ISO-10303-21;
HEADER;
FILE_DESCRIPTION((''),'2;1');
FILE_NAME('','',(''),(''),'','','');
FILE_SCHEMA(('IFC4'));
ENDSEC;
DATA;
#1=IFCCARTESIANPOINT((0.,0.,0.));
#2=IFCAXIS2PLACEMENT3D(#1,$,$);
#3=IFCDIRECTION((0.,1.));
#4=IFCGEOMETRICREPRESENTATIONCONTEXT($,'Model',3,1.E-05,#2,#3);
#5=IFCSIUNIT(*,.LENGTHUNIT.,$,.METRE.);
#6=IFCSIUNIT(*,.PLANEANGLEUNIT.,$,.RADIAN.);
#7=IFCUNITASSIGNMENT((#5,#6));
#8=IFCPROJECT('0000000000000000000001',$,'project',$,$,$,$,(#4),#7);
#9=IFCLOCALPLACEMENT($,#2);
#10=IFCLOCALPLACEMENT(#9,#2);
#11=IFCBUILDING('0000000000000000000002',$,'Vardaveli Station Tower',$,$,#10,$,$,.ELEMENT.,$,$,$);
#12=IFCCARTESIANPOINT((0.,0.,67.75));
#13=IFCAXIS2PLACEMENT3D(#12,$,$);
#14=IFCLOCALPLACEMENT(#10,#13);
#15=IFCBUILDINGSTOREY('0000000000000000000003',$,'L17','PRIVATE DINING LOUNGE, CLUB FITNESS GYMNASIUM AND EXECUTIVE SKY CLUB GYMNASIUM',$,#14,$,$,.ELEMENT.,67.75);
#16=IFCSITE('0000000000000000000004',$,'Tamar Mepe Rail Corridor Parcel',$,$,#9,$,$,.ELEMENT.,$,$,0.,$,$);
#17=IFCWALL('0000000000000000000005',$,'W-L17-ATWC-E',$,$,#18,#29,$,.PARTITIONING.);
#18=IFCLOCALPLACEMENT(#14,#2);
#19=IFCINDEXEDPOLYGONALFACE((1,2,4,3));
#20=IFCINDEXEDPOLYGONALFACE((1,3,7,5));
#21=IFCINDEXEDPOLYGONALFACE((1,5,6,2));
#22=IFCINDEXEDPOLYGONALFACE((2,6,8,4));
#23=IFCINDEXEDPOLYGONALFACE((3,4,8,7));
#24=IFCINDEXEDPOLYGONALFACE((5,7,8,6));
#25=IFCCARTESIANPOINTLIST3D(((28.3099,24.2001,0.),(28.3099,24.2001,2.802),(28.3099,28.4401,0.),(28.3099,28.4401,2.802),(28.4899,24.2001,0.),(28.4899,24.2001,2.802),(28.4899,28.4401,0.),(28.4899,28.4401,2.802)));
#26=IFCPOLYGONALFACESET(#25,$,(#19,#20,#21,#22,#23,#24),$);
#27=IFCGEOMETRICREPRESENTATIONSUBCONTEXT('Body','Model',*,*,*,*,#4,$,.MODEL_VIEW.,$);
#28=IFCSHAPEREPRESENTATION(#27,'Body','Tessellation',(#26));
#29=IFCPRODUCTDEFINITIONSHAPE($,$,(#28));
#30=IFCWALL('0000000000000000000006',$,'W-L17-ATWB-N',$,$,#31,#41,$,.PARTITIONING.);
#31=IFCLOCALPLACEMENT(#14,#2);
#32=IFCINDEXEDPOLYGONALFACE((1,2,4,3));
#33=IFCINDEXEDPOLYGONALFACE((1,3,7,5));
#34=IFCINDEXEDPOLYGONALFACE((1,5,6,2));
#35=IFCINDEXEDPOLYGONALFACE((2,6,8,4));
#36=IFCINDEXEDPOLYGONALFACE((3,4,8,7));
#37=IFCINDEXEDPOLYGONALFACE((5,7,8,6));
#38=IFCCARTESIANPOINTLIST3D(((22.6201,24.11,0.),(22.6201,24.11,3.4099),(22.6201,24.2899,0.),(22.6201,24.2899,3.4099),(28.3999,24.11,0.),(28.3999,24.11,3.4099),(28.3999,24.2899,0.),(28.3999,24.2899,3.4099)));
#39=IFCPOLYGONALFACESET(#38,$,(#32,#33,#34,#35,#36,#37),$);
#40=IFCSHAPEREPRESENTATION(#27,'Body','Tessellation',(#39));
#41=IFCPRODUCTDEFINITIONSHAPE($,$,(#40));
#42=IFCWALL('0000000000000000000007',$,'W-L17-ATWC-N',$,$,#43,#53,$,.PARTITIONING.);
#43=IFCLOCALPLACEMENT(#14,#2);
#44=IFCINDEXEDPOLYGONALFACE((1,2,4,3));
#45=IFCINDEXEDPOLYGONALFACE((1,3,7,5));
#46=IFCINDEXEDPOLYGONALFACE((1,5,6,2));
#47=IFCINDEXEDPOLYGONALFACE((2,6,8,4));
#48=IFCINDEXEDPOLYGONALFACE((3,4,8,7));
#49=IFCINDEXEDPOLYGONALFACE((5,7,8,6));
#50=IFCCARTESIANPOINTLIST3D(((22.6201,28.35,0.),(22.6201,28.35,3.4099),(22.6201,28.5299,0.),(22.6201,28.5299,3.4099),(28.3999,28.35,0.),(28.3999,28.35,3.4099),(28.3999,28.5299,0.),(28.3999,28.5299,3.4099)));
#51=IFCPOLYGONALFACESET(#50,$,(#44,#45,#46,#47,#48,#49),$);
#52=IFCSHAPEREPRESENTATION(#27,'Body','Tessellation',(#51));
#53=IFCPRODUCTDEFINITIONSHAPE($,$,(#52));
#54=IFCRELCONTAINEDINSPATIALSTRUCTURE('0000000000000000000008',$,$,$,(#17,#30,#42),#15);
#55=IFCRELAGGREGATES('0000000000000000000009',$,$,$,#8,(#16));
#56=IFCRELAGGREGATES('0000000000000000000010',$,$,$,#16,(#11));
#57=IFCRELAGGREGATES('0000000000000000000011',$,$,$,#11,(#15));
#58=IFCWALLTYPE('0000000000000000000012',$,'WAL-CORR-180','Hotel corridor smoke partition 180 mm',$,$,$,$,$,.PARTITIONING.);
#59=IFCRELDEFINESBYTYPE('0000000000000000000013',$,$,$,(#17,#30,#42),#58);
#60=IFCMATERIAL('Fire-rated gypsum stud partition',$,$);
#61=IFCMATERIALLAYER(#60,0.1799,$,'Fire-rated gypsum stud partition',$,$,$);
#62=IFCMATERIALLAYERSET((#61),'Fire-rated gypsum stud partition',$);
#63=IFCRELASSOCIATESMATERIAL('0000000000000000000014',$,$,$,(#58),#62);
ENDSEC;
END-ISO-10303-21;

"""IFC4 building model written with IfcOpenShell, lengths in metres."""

from ifc_helpers import new_model, si_unit, direction, frame, frame_2d, origin, place, context, subcontext, project, spatial, rectangle, extrude, source, transform, mapped, material, layer, layer_set, type_object, element, save


model = new_model("IFC4")

# Units and contexts
model_context = context("Model", 3, precision=1e-05, world=origin(), true_north=direction((0.0, 1.0)))
body_context = subcontext(model_context, "Body", "Model", "MODEL_VIEW")
ifc_project = project(units=[si_unit("LENGTHUNIT", "METRE"), si_unit("PLANEANGLEUNIT", "RADIAN")], contexts=[model_context])

# Site, building, storey
site_placement = place(None, origin())
site = spatial("IfcSite", under=ifc_project, at=site_placement, Name="Tamar Mepe Rail Corridor Parcel", CompositionType="ELEMENT", RefElevation=0.0)
building_placement = place(site_placement, origin())
building = spatial("IfcBuilding", under=site, at=building_placement, Name="Vardaveli Station Tower", CompositionType="ELEMENT")
storey_placement = place(building_placement, frame((0.0, 0.0, 67.75)))
storey = spatial("IfcBuildingStorey", under=building, at=storey_placement, Name="L17", Description="PRIVATE DINING LOUNGE, CLUB FITNESS GYMNASIUM AND EXECUTIVE SKY CLUB GYMNASIUM", CompositionType="ELEMENT", Elevation=67.75)

# Shared definitions
ifc_material_1 = material(Name="Fire-rated gypsum stud partition")
ifc_layer_1 = layer(ifc_material_1, 0.1799, Name="Fire-rated gypsum stud partition")
ifc_layer_set_1 = layer_set([ifc_layer_1], Name="Fire-rated gypsum stud partition")
wall_type_1 = type_object("IfcWallType", Name="WAL-CORR-180", Description="Hotel corridor smoke partition 180 mm", PredefinedType="PARTITIONING", material=ifc_layer_set_1)
shared_shape_1 = source(origin(), body_context, "Body", "SweptSolid", [
    extrude(rectangle(XDim=4.24, YDim=0.1799, at=frame_2d((2.1201, 0.0))), origin(), (0.0, 0.0, 1.0), 2.802),
])

# Walls
wall_1_placement = place(storey_placement, frame((28.3999, 24.2, 0.0), z_axis=(0.0, 0.0, 1.0), x_axis=(0.0, 1.0, 0.0)))
element("IfcWall", 1, at=wall_1_placement, inside=storey, type_object=wall_type_1, Name="W-L17-ATWC-E", PredefinedType="PARTITIONING", context=body_context, shape_type="MappedRepresentation", body=[
    mapped(shared_shape_1, transform((0.0, 0.0, 0.0), scale=1.0)),
])
shared_shape_2 = source(origin(), body_context, "Body", "SweptSolid", [
    extrude(rectangle(XDim=5.7798, YDim=0.1799, at=frame_2d((2.8899, 0.0))), origin(), (0.0, 0.0, 1.0), 3.4099),
])
for number, where, z_axis, x_axis, name in (
    (2, (22.6201, 24.2, 0.0), (0.0, 0.0, 1.0), (1.0, 0.0, 0.0), "W-L17-ATWB-N"),
    (3, (22.6201, 28.4399, 0.0), (0.0, 0.0, 1.0), (1.0, 0.0, 0.0), "W-L17-ATWC-N"),
):
    element("IfcWall", number, at=place(storey_placement, frame(where, z_axis=z_axis, x_axis=x_axis)), inside=storey, type_object=wall_type_1, Name=name, PredefinedType="PARTITIONING", context=body_context, shape_type="MappedRepresentation", body=[
        mapped(shared_shape_2, transform((0.0, 0.0, 0.0), scale=1.0)),
    ])

save(model, "model.ifc")
